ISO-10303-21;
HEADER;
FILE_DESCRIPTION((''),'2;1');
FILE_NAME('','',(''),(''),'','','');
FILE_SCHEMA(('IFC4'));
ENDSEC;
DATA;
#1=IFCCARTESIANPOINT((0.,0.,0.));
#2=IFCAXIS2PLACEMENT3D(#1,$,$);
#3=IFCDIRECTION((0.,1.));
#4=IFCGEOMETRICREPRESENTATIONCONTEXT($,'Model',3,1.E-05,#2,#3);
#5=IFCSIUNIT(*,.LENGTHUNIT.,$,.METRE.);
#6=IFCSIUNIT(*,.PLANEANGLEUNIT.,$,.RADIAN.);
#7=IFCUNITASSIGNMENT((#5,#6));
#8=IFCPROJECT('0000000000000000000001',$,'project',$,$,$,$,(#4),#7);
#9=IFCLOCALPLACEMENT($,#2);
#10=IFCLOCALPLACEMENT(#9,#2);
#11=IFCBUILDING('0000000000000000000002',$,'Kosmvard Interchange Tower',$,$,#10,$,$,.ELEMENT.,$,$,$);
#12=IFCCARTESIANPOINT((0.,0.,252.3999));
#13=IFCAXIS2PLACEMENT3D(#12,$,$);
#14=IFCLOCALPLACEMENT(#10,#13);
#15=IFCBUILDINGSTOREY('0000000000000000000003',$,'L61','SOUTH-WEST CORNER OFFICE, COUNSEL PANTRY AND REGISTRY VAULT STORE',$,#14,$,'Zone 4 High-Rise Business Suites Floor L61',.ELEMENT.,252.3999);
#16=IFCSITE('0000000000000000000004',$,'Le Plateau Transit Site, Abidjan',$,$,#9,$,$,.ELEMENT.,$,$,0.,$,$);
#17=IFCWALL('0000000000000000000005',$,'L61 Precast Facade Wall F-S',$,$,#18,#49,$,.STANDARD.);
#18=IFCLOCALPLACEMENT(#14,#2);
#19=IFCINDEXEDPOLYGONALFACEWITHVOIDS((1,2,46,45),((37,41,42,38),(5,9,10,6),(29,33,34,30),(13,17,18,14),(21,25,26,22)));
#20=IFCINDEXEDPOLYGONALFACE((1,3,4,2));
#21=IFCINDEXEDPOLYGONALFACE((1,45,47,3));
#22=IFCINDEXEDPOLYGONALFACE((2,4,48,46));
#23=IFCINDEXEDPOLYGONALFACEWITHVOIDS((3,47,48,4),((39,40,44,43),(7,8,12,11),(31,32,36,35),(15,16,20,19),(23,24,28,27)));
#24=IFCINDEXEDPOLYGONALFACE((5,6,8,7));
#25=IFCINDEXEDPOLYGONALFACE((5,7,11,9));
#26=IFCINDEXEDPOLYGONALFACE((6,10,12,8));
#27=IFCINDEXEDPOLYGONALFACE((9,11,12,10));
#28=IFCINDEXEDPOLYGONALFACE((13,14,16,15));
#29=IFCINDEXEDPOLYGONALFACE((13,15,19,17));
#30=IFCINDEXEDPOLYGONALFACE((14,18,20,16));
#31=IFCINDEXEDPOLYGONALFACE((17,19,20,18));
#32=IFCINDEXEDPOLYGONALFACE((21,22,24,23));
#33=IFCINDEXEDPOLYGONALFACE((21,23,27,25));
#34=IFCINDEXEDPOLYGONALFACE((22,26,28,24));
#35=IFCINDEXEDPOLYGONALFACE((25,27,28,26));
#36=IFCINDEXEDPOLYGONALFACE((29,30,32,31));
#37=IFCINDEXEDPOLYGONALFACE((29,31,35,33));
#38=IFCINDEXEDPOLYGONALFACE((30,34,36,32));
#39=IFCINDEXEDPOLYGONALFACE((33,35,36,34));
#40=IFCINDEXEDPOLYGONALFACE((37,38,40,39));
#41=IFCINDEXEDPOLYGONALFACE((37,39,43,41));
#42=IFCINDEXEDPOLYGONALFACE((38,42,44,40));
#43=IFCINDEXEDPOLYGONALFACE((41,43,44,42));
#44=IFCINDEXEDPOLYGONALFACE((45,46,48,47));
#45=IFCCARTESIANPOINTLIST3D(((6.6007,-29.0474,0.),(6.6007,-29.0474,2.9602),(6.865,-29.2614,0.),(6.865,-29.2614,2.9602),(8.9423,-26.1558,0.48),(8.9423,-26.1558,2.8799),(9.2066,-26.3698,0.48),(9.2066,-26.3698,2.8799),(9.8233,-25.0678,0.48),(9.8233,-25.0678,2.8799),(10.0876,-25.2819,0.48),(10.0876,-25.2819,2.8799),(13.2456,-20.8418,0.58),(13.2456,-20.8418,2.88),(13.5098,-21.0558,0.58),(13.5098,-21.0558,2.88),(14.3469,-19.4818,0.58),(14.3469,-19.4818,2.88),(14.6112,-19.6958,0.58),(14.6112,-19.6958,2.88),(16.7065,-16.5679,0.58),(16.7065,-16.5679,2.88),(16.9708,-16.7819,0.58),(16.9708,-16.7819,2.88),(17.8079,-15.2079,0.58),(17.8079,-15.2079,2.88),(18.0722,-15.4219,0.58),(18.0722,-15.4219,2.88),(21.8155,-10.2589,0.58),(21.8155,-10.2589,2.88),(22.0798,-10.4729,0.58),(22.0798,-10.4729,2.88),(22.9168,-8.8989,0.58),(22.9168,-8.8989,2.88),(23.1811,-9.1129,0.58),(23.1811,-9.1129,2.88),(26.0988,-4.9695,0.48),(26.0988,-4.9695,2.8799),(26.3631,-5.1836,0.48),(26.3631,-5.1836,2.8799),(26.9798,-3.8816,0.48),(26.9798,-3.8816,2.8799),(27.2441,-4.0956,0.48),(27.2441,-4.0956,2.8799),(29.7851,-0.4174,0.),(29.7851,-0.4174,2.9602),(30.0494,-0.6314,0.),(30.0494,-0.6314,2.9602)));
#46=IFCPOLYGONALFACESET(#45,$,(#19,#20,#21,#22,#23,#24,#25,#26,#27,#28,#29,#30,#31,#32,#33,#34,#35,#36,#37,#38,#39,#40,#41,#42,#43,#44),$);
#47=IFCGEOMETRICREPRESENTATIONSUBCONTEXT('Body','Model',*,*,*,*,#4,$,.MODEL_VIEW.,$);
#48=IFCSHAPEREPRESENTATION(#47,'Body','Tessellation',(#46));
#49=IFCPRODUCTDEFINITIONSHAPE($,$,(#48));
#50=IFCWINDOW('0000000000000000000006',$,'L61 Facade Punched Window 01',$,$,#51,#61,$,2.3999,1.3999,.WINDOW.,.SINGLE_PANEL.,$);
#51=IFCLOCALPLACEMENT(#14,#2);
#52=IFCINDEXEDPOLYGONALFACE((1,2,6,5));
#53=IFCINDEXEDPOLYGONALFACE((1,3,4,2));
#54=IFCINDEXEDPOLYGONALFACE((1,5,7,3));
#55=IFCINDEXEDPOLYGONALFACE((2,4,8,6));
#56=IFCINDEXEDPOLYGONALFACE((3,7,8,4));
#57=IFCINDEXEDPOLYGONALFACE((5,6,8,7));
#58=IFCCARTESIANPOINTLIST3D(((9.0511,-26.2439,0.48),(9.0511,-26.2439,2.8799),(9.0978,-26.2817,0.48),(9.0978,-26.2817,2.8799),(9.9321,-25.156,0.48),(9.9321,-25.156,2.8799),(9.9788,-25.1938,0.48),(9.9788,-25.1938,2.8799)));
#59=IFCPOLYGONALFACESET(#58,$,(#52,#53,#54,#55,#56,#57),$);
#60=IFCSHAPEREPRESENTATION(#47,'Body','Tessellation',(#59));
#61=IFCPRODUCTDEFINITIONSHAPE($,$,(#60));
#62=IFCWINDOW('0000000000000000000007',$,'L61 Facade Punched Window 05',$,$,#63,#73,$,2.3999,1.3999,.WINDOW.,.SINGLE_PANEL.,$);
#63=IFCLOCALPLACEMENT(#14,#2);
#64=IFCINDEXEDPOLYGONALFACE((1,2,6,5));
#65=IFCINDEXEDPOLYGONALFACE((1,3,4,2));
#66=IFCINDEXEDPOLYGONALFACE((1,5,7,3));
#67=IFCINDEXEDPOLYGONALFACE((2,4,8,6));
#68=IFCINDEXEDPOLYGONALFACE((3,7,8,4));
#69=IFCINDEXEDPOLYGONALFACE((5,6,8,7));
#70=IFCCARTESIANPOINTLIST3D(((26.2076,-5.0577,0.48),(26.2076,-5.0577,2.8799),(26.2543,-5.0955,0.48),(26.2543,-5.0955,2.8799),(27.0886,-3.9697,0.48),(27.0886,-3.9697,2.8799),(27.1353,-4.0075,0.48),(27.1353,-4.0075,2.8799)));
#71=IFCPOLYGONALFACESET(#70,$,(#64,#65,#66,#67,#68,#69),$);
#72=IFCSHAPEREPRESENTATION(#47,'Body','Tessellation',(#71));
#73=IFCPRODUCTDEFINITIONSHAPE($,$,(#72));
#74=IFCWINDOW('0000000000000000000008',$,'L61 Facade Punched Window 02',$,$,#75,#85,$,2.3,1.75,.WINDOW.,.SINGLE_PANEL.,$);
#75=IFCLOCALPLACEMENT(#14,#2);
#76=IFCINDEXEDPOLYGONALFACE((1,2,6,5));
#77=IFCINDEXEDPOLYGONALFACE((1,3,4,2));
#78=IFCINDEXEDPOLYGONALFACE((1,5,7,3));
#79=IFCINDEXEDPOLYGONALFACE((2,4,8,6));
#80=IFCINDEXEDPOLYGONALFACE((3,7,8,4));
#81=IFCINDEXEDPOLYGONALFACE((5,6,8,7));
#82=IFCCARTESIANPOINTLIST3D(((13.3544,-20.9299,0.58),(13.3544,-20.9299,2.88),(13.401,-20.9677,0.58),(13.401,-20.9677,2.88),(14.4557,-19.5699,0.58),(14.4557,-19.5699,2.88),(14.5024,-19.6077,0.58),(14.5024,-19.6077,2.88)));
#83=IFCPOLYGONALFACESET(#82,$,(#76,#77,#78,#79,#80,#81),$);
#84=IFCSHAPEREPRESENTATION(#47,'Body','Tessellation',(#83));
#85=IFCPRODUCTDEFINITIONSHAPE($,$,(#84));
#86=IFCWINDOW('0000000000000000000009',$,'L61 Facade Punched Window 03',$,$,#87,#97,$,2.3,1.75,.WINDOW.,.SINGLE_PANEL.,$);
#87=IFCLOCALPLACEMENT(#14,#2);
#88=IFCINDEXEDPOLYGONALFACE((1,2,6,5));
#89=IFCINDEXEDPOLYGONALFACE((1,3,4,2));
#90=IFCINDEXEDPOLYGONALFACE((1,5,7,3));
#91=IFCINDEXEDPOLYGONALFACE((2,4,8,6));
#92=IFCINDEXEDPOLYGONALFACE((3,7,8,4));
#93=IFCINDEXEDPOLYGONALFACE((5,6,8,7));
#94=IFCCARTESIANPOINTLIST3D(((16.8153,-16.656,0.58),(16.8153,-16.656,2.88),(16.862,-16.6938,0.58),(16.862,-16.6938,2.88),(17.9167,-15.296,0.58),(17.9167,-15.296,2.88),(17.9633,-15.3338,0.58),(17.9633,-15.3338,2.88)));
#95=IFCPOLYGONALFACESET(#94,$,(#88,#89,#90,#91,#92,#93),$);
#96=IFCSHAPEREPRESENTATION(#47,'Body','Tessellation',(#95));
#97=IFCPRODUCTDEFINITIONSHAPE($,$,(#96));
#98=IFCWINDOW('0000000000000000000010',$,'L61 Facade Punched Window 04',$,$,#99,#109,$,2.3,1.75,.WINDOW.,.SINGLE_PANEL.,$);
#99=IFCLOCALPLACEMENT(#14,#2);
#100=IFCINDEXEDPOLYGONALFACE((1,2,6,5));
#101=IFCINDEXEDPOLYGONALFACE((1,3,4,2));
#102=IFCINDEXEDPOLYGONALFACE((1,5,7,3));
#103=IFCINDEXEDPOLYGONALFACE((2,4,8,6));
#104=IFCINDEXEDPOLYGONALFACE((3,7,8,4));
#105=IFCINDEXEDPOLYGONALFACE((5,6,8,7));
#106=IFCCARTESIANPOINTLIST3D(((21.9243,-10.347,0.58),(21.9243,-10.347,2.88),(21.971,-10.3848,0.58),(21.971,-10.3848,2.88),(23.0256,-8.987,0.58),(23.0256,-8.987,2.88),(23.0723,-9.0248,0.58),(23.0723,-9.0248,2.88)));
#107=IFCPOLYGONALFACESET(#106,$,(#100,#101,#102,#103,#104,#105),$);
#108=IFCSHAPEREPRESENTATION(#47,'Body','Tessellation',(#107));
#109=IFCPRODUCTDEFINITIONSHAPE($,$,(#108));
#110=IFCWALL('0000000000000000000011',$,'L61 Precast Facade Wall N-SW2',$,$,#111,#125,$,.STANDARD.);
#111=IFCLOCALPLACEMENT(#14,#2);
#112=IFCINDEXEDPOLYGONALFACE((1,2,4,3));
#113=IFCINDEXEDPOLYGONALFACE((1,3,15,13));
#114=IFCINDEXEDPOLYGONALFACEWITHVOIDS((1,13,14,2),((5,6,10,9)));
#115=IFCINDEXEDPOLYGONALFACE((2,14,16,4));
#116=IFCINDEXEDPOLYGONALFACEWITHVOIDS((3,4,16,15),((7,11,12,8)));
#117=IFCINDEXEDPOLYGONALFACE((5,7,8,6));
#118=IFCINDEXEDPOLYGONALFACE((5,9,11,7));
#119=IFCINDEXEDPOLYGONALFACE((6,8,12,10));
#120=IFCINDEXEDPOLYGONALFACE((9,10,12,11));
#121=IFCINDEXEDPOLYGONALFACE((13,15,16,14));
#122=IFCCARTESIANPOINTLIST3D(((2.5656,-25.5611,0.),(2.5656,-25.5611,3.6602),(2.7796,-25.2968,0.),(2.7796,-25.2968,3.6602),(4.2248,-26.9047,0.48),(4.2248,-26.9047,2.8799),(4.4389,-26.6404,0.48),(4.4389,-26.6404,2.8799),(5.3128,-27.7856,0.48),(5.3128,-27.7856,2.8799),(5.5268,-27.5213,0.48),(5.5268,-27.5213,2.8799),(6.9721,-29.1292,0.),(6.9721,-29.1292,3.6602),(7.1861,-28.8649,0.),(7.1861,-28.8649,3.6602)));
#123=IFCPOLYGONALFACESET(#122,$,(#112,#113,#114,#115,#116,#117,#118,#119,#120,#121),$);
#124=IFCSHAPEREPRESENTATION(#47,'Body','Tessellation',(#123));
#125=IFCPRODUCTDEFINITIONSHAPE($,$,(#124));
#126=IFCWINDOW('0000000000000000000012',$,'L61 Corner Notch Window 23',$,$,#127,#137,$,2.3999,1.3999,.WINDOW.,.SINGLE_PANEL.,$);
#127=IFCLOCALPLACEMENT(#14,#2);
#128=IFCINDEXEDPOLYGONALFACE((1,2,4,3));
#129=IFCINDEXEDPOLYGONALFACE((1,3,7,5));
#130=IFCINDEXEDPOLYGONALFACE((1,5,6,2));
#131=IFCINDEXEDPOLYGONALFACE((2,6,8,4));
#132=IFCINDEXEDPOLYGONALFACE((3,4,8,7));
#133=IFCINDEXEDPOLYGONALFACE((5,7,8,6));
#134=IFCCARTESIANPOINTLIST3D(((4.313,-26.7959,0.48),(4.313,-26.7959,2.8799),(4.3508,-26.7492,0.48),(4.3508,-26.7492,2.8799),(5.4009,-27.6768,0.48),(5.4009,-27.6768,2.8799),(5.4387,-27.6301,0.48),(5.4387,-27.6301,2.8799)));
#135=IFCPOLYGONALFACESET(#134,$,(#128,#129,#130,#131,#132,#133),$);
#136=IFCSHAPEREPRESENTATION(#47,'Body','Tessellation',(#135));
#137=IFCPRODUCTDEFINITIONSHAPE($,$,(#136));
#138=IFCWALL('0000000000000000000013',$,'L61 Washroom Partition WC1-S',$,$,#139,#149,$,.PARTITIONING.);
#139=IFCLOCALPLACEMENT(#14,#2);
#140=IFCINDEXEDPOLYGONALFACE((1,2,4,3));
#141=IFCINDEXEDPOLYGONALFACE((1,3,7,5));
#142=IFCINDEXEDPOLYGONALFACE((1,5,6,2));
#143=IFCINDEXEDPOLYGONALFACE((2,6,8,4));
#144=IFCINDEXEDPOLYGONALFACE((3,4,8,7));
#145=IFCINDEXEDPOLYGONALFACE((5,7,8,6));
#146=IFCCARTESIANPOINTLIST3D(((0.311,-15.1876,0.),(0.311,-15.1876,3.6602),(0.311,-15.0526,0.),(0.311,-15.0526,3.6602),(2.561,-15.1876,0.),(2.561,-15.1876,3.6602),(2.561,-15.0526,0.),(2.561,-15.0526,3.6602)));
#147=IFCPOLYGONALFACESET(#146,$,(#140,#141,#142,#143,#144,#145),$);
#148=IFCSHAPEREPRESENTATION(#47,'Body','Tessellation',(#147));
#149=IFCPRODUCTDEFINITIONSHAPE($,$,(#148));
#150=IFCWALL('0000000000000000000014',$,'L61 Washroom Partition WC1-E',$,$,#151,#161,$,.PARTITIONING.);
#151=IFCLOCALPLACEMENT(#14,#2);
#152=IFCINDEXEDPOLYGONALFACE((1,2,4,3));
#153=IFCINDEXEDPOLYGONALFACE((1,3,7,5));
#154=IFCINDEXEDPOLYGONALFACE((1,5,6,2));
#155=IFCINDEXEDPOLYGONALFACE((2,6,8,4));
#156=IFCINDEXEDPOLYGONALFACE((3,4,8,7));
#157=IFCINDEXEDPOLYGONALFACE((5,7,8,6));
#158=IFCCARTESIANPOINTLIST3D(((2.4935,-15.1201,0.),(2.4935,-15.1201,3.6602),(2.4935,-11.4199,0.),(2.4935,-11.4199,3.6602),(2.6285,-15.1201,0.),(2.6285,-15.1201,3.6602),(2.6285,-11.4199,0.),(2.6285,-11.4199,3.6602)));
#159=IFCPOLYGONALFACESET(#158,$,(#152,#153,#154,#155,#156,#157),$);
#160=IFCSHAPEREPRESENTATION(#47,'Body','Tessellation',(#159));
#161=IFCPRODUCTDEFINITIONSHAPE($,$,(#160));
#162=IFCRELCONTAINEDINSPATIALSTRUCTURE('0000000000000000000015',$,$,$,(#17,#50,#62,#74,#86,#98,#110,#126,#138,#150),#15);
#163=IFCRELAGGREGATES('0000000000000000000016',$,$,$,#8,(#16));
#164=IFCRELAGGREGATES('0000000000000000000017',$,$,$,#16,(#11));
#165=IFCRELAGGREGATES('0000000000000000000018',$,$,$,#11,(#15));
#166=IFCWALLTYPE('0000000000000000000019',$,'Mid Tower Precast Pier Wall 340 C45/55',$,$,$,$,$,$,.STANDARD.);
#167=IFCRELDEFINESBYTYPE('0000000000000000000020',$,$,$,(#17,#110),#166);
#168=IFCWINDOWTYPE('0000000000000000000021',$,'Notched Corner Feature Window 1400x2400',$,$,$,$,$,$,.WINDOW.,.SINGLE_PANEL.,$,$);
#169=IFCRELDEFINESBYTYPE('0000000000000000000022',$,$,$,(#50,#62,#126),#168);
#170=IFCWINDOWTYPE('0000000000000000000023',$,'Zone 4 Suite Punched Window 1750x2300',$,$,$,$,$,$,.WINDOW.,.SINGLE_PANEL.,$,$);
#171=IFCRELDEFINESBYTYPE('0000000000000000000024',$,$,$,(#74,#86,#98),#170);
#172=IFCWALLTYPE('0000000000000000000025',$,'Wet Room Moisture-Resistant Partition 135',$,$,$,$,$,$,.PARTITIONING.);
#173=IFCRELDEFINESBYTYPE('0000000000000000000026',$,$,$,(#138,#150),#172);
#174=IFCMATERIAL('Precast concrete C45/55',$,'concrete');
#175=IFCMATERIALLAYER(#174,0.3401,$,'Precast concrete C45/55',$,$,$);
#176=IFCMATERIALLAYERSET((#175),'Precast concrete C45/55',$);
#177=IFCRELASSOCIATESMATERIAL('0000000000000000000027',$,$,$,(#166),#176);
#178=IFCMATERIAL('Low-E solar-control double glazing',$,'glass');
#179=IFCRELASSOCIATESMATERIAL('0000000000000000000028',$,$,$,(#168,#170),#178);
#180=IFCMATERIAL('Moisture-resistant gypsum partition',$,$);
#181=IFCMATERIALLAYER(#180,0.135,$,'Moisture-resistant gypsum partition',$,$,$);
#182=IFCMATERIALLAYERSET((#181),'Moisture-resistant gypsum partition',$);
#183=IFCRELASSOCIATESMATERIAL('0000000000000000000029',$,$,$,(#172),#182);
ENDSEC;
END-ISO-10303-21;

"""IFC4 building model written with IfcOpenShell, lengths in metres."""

from ifc_helpers import new_model, si_unit, direction, frame, frame_2d, origin, place, context, subcontext, project, spatial, rectangle, extrude, source, transform, mapped, material, layer, layer_set, type_object, element, fill, save


model = new_model("IFC4")

# Units and contexts
model_context = context("Model", 3, precision=1e-05, world=origin(), true_north=direction((0.0, 1.0)))
body_context = subcontext(model_context, "Body", "Model", "MODEL_VIEW")
ifc_project = project(units=[si_unit("LENGTHUNIT", "METRE"), si_unit("PLANEANGLEUNIT", "RADIAN")], contexts=[model_context])

# Site, building, storey
site_placement = place(None, origin())
site = spatial("IfcSite", under=ifc_project, at=site_placement, Name="Le Plateau Transit Site, Abidjan", CompositionType="ELEMENT", RefElevation=0.0)
building_placement = place(site_placement, origin())
building = spatial("IfcBuilding", under=site, at=building_placement, Name="Kosmvard Interchange Tower", CompositionType="ELEMENT")
storey_placement = place(building_placement, frame((0.0, 0.0, 252.3999)))
storey = spatial("IfcBuildingStorey", under=building, at=storey_placement, Name="L61", Description="SOUTH-WEST CORNER OFFICE, COUNSEL PANTRY AND REGISTRY VAULT STORE", LongName="Zone 4 High-Rise Business Suites Floor L61", CompositionType="ELEMENT", Elevation=252.3999)

# Wall, openings, windows
ifc_material_1 = material(Name="Precast concrete C45/55", Category="concrete")
ifc_layer_1 = layer(ifc_material_1, 0.3401, Name="Precast concrete C45/55")
ifc_layer_set_1 = layer_set([ifc_layer_1], Name="Precast concrete C45/55")
wall_type_1 = type_object("IfcWallType", Name="Mid Tower Precast Pier Wall 340 C45/55", PredefinedType="STANDARD", material=ifc_layer_set_1)
wall_1_placement = place(storey_placement, frame((6.7329, -29.1543, 0.0), z_axis=(0.0, 0.0, 1.0), x_axis=(0.629325, 0.777142, 0.0)))
wall_1 = element("IfcWall", 1, at=wall_1_placement, inside=storey, type_object=wall_type_1, Name="L61 Precast Facade Wall F-S", PredefinedType="STANDARD", context=body_context, shape_type="SweptSolid", body=[
    extrude(rectangle(XDim=36.8401, YDim=0.3401, at=frame_2d((18.4199, 0.0))), origin(), (0.0, 0.0, 1.0), 2.9602),
])
opening_1_placement = place(wall_1_placement, frame((3.7207, 0.0, 0.48)))
opening_1 = element("IfcOpeningElement", 2, at=opening_1_placement, cuts=wall_1, PredefinedType="OPENING", context=body_context, shape_type="SweptSolid", body=[
    extrude(rectangle(XDim=1.3999, YDim=2.3999, at=frame_2d((0.7, 1.2))), frame((0.0, 0.1802, 0.0), z_axis=(0.0, -1.0, 0.0), x_axis=(1.0, 0.0, 0.0)), (0.0, 0.0, 1.0), 0.3601),
])
opening_2_placement = place(wall_1_placement, frame((10.5586, 0.0, 0.5801)))
opening_2 = element("IfcOpeningElement", 3, at=opening_2_placement, cuts=wall_1, PredefinedType="OPENING", context=body_context, shape_type="SweptSolid", body=[
    extrude(rectangle(XDim=1.75, YDim=2.3, at=frame_2d((0.875, 1.1499))), frame((0.0, 0.1802, 0.0), z_axis=(0.0, -1.0, 0.0), x_axis=(1.0, 0.0, 0.0)), (0.0, 0.0, 1.0), 0.3601),
])
opening_3_placement = place(wall_1_placement, frame((16.0581, 0.0, 0.5801)))
opening_3 = element("IfcOpeningElement", 4, at=opening_3_placement, cuts=wall_1, PredefinedType="OPENING", context=body_context, shape_type="SweptSolid", body=[
    extrude(rectangle(XDim=1.75, YDim=2.3, at=frame_2d((0.875, 1.1499))), frame((0.0, 0.1802, 0.0), z_axis=(0.0, -1.0, 0.0), x_axis=(1.0, 0.0, 0.0)), (0.0, 0.0, 1.0), 0.3601),
])
opening_4_placement = place(wall_1_placement, frame((24.1763, 0.0, 0.5801)))
opening_4 = element("IfcOpeningElement", 5, at=opening_4_placement, cuts=wall_1, PredefinedType="OPENING", context=body_context, shape_type="SweptSolid", body=[
    extrude(rectangle(XDim=1.75, YDim=2.3, at=frame_2d((0.875, 1.1499))), frame((0.0, 0.1802, 0.0), z_axis=(0.0, -1.0, 0.0), x_axis=(1.0, 0.0, 0.0)), (0.0, 0.0, 1.0), 0.3601),
])
opening_5_placement = place(wall_1_placement, frame((30.9824, 0.0, 0.48)))
opening_5 = element("IfcOpeningElement", 6, at=opening_5_placement, cuts=wall_1, PredefinedType="OPENING", context=body_context, shape_type="SweptSolid", body=[
    extrude(rectangle(XDim=1.3999, YDim=2.3999, at=frame_2d((0.7, 1.2))), frame((0.0, 0.1802, 0.0), z_axis=(0.0, -1.0, 0.0), x_axis=(1.0, 0.0, 0.0)), (0.0, 0.0, 1.0), 0.3601),
])
ifc_material_2 = material(Name="Low-E solar-control double glazing", Category="glass")
window_type_1 = type_object("IfcWindowType", Name="Notched Corner Feature Window 1400x2400", PartitioningType="SINGLE_PANEL", PredefinedType="WINDOW", material=ifc_material_2)
shared_shape_1 = source(origin(), body_context, "Body", "SweptSolid", [
    extrude(rectangle(XDim=1.3999, YDim=2.3999, at=frame_2d((0.7, 1.2))), frame((0.0, 0.03, 0.0), z_axis=(0.0, -1.0, 0.0), x_axis=(1.0, 0.0, 0.0)), (0.0, 0.0, 1.0), 0.0601),
])
window_1_placement = place(opening_1_placement, origin())
window_1 = element("IfcWindow", 7, at=window_1_placement, inside=storey, type_object=window_type_1, Name="L61 Facade Punched Window 01", OverallHeight=2.3999, OverallWidth=1.3999, PartitioningType="SINGLE_PANEL", PredefinedType="WINDOW", context=body_context, shape_type="MappedRepresentation", body=[
    mapped(shared_shape_1, transform((0.0, 0.0, 0.0), scale=1.0)),
])
fill(opening_1, window_1)
window_2_placement = place(opening_5_placement, origin())
window_2 = element("IfcWindow", 8, at=window_2_placement, inside=storey, type_object=window_type_1, Name="L61 Facade Punched Window 05", OverallHeight=2.3999, OverallWidth=1.3999, PartitioningType="SINGLE_PANEL", PredefinedType="WINDOW", context=body_context, shape_type="MappedRepresentation", body=[
    mapped(shared_shape_1, transform((0.0, 0.0, 0.0), scale=1.0)),
])
fill(opening_5, window_2)
window_type_2 = type_object("IfcWindowType", Name="Zone 4 Suite Punched Window 1750x2300", PartitioningType="SINGLE_PANEL", PredefinedType="WINDOW", material=ifc_material_2)
shared_shape_2 = source(origin(), body_context, "Body", "SweptSolid", [
    extrude(rectangle(XDim=1.75, YDim=2.3, at=frame_2d((0.875, 1.1499))), frame((0.0, 0.03, 0.0), z_axis=(0.0, -1.0, 0.0), x_axis=(1.0, 0.0, 0.0)), (0.0, 0.0, 1.0), 0.0601),
])
window_3_placement = place(opening_2_placement, origin())
window_3 = element("IfcWindow", 9, at=window_3_placement, inside=storey, type_object=window_type_2, Name="L61 Facade Punched Window 02", OverallHeight=2.3, OverallWidth=1.75, PartitioningType="SINGLE_PANEL", PredefinedType="WINDOW", context=body_context, shape_type="MappedRepresentation", body=[
    mapped(shared_shape_2, transform((0.0, 0.0, 0.0), scale=1.0)),
])
fill(opening_2, window_3)
window_4_placement = place(opening_3_placement, origin())
window_4 = element("IfcWindow", 10, at=window_4_placement, inside=storey, type_object=window_type_2, Name="L61 Facade Punched Window 03", OverallHeight=2.3, OverallWidth=1.75, PartitioningType="SINGLE_PANEL", PredefinedType="WINDOW", context=body_context, shape_type="MappedRepresentation", body=[
    mapped(shared_shape_2, transform((0.0, 0.0, 0.0), scale=1.0)),
])
fill(opening_3, window_4)
window_5_placement = place(opening_4_placement, origin())
window_5 = element("IfcWindow", 11, at=window_5_placement, inside=storey, type_object=window_type_2, Name="L61 Facade Punched Window 04", OverallHeight=2.3, OverallWidth=1.75, PartitioningType="SINGLE_PANEL", PredefinedType="WINDOW", context=body_context, shape_type="MappedRepresentation", body=[
    mapped(shared_shape_2, transform((0.0, 0.0, 0.0), scale=1.0)),
])
fill(opening_4, window_5)

# Wall, opening, window
wall_2_placement = place(storey_placement, frame((2.6726, -25.429, 0.0), z_axis=(0.0, 0.0, 1.0), x_axis=(0.777163, -0.6293, 0.0)))
wall_2 = element("IfcWall", 12, at=wall_2_placement, inside=storey, type_object=wall_type_1, Name="L61 Precast Facade Wall N-SW2", PredefinedType="STANDARD", context=body_context, shape_type="SweptSolid", body=[
    extrude(rectangle(XDim=5.6699, YDim=0.3401, at=frame_2d((2.835, 0.0))), origin(), (0.0, 0.0, 1.0), 3.6602),
])
opening_6_placement = place(wall_2_placement, frame((2.135, 0.0, 0.48)))
opening_6 = element("IfcOpeningElement", 13, at=opening_6_placement, cuts=wall_2, PredefinedType="OPENING", context=body_context, shape_type="SweptSolid", body=[
    extrude(rectangle(XDim=1.3999, YDim=2.3999, at=frame_2d((0.7, 1.2))), frame((0.0, 0.1802, 0.0), z_axis=(0.0, -1.0, 0.0), x_axis=(1.0, 0.0, 0.0)), (0.0, 0.0, 1.0), 0.3601),
])
window_6_placement = place(opening_6_placement, origin())
window_6 = element("IfcWindow", 14, at=window_6_placement, inside=storey, type_object=window_type_1, Name="L61 Corner Notch Window 23", OverallHeight=2.3999, OverallWidth=1.3999, PartitioningType="SINGLE_PANEL", PredefinedType="WINDOW", context=body_context, shape_type="MappedRepresentation", body=[
    mapped(shared_shape_1, transform((0.0, 0.0, 0.0), scale=1.0)),
])
fill(opening_6, window_6)

# Walls
ifc_material_3 = material(Name="Moisture-resistant gypsum partition")
ifc_layer_2 = layer(ifc_material_3, 0.135, Name="Moisture-resistant gypsum partition")
ifc_layer_set_2 = layer_set([ifc_layer_2], Name="Moisture-resistant gypsum partition")
wall_type_2 = type_object("IfcWallType", Name="Wet Room Moisture-Resistant Partition 135", PredefinedType="PARTITIONING", material=ifc_layer_set_2)
wall_3_placement = place(storey_placement, frame((0.311, -15.1201, 0.0), z_axis=(0.0, 0.0, 1.0), x_axis=(1.0, 0.0, 0.0)))
element("IfcWall", 15, at=wall_3_placement, inside=storey, type_object=wall_type_2, Name="L61 Washroom Partition WC1-S", PredefinedType="PARTITIONING", context=body_context, shape_type="SweptSolid", body=[
    extrude(rectangle(XDim=2.25, YDim=0.135, at=frame_2d((1.125, 0.0))), origin(), (0.0, 0.0, 1.0), 3.6602),
])
for number, where, z_axis, x_axis, name in (
    (16, (2.561, -15.1201, 0.0), (0.0, 0.0, 1.0), (0.0, 1.0, 0.0), "L61 Washroom Partition WC1-E"),
):
    element("IfcWall", number, at=place(storey_placement, frame(where, z_axis=z_axis, x_axis=x_axis)), inside=storey, type_object=wall_type_2, Name=name, PredefinedType="PARTITIONING", context=body_context, shape_type="SweptSolid", body=[
        extrude(rectangle(XDim=3.7002, YDim=0.135, at=frame_2d((1.8501, 0.0))), origin(), (0.0, 0.0, 1.0), 3.6602),
    ])

save(model, "model.ifc")
